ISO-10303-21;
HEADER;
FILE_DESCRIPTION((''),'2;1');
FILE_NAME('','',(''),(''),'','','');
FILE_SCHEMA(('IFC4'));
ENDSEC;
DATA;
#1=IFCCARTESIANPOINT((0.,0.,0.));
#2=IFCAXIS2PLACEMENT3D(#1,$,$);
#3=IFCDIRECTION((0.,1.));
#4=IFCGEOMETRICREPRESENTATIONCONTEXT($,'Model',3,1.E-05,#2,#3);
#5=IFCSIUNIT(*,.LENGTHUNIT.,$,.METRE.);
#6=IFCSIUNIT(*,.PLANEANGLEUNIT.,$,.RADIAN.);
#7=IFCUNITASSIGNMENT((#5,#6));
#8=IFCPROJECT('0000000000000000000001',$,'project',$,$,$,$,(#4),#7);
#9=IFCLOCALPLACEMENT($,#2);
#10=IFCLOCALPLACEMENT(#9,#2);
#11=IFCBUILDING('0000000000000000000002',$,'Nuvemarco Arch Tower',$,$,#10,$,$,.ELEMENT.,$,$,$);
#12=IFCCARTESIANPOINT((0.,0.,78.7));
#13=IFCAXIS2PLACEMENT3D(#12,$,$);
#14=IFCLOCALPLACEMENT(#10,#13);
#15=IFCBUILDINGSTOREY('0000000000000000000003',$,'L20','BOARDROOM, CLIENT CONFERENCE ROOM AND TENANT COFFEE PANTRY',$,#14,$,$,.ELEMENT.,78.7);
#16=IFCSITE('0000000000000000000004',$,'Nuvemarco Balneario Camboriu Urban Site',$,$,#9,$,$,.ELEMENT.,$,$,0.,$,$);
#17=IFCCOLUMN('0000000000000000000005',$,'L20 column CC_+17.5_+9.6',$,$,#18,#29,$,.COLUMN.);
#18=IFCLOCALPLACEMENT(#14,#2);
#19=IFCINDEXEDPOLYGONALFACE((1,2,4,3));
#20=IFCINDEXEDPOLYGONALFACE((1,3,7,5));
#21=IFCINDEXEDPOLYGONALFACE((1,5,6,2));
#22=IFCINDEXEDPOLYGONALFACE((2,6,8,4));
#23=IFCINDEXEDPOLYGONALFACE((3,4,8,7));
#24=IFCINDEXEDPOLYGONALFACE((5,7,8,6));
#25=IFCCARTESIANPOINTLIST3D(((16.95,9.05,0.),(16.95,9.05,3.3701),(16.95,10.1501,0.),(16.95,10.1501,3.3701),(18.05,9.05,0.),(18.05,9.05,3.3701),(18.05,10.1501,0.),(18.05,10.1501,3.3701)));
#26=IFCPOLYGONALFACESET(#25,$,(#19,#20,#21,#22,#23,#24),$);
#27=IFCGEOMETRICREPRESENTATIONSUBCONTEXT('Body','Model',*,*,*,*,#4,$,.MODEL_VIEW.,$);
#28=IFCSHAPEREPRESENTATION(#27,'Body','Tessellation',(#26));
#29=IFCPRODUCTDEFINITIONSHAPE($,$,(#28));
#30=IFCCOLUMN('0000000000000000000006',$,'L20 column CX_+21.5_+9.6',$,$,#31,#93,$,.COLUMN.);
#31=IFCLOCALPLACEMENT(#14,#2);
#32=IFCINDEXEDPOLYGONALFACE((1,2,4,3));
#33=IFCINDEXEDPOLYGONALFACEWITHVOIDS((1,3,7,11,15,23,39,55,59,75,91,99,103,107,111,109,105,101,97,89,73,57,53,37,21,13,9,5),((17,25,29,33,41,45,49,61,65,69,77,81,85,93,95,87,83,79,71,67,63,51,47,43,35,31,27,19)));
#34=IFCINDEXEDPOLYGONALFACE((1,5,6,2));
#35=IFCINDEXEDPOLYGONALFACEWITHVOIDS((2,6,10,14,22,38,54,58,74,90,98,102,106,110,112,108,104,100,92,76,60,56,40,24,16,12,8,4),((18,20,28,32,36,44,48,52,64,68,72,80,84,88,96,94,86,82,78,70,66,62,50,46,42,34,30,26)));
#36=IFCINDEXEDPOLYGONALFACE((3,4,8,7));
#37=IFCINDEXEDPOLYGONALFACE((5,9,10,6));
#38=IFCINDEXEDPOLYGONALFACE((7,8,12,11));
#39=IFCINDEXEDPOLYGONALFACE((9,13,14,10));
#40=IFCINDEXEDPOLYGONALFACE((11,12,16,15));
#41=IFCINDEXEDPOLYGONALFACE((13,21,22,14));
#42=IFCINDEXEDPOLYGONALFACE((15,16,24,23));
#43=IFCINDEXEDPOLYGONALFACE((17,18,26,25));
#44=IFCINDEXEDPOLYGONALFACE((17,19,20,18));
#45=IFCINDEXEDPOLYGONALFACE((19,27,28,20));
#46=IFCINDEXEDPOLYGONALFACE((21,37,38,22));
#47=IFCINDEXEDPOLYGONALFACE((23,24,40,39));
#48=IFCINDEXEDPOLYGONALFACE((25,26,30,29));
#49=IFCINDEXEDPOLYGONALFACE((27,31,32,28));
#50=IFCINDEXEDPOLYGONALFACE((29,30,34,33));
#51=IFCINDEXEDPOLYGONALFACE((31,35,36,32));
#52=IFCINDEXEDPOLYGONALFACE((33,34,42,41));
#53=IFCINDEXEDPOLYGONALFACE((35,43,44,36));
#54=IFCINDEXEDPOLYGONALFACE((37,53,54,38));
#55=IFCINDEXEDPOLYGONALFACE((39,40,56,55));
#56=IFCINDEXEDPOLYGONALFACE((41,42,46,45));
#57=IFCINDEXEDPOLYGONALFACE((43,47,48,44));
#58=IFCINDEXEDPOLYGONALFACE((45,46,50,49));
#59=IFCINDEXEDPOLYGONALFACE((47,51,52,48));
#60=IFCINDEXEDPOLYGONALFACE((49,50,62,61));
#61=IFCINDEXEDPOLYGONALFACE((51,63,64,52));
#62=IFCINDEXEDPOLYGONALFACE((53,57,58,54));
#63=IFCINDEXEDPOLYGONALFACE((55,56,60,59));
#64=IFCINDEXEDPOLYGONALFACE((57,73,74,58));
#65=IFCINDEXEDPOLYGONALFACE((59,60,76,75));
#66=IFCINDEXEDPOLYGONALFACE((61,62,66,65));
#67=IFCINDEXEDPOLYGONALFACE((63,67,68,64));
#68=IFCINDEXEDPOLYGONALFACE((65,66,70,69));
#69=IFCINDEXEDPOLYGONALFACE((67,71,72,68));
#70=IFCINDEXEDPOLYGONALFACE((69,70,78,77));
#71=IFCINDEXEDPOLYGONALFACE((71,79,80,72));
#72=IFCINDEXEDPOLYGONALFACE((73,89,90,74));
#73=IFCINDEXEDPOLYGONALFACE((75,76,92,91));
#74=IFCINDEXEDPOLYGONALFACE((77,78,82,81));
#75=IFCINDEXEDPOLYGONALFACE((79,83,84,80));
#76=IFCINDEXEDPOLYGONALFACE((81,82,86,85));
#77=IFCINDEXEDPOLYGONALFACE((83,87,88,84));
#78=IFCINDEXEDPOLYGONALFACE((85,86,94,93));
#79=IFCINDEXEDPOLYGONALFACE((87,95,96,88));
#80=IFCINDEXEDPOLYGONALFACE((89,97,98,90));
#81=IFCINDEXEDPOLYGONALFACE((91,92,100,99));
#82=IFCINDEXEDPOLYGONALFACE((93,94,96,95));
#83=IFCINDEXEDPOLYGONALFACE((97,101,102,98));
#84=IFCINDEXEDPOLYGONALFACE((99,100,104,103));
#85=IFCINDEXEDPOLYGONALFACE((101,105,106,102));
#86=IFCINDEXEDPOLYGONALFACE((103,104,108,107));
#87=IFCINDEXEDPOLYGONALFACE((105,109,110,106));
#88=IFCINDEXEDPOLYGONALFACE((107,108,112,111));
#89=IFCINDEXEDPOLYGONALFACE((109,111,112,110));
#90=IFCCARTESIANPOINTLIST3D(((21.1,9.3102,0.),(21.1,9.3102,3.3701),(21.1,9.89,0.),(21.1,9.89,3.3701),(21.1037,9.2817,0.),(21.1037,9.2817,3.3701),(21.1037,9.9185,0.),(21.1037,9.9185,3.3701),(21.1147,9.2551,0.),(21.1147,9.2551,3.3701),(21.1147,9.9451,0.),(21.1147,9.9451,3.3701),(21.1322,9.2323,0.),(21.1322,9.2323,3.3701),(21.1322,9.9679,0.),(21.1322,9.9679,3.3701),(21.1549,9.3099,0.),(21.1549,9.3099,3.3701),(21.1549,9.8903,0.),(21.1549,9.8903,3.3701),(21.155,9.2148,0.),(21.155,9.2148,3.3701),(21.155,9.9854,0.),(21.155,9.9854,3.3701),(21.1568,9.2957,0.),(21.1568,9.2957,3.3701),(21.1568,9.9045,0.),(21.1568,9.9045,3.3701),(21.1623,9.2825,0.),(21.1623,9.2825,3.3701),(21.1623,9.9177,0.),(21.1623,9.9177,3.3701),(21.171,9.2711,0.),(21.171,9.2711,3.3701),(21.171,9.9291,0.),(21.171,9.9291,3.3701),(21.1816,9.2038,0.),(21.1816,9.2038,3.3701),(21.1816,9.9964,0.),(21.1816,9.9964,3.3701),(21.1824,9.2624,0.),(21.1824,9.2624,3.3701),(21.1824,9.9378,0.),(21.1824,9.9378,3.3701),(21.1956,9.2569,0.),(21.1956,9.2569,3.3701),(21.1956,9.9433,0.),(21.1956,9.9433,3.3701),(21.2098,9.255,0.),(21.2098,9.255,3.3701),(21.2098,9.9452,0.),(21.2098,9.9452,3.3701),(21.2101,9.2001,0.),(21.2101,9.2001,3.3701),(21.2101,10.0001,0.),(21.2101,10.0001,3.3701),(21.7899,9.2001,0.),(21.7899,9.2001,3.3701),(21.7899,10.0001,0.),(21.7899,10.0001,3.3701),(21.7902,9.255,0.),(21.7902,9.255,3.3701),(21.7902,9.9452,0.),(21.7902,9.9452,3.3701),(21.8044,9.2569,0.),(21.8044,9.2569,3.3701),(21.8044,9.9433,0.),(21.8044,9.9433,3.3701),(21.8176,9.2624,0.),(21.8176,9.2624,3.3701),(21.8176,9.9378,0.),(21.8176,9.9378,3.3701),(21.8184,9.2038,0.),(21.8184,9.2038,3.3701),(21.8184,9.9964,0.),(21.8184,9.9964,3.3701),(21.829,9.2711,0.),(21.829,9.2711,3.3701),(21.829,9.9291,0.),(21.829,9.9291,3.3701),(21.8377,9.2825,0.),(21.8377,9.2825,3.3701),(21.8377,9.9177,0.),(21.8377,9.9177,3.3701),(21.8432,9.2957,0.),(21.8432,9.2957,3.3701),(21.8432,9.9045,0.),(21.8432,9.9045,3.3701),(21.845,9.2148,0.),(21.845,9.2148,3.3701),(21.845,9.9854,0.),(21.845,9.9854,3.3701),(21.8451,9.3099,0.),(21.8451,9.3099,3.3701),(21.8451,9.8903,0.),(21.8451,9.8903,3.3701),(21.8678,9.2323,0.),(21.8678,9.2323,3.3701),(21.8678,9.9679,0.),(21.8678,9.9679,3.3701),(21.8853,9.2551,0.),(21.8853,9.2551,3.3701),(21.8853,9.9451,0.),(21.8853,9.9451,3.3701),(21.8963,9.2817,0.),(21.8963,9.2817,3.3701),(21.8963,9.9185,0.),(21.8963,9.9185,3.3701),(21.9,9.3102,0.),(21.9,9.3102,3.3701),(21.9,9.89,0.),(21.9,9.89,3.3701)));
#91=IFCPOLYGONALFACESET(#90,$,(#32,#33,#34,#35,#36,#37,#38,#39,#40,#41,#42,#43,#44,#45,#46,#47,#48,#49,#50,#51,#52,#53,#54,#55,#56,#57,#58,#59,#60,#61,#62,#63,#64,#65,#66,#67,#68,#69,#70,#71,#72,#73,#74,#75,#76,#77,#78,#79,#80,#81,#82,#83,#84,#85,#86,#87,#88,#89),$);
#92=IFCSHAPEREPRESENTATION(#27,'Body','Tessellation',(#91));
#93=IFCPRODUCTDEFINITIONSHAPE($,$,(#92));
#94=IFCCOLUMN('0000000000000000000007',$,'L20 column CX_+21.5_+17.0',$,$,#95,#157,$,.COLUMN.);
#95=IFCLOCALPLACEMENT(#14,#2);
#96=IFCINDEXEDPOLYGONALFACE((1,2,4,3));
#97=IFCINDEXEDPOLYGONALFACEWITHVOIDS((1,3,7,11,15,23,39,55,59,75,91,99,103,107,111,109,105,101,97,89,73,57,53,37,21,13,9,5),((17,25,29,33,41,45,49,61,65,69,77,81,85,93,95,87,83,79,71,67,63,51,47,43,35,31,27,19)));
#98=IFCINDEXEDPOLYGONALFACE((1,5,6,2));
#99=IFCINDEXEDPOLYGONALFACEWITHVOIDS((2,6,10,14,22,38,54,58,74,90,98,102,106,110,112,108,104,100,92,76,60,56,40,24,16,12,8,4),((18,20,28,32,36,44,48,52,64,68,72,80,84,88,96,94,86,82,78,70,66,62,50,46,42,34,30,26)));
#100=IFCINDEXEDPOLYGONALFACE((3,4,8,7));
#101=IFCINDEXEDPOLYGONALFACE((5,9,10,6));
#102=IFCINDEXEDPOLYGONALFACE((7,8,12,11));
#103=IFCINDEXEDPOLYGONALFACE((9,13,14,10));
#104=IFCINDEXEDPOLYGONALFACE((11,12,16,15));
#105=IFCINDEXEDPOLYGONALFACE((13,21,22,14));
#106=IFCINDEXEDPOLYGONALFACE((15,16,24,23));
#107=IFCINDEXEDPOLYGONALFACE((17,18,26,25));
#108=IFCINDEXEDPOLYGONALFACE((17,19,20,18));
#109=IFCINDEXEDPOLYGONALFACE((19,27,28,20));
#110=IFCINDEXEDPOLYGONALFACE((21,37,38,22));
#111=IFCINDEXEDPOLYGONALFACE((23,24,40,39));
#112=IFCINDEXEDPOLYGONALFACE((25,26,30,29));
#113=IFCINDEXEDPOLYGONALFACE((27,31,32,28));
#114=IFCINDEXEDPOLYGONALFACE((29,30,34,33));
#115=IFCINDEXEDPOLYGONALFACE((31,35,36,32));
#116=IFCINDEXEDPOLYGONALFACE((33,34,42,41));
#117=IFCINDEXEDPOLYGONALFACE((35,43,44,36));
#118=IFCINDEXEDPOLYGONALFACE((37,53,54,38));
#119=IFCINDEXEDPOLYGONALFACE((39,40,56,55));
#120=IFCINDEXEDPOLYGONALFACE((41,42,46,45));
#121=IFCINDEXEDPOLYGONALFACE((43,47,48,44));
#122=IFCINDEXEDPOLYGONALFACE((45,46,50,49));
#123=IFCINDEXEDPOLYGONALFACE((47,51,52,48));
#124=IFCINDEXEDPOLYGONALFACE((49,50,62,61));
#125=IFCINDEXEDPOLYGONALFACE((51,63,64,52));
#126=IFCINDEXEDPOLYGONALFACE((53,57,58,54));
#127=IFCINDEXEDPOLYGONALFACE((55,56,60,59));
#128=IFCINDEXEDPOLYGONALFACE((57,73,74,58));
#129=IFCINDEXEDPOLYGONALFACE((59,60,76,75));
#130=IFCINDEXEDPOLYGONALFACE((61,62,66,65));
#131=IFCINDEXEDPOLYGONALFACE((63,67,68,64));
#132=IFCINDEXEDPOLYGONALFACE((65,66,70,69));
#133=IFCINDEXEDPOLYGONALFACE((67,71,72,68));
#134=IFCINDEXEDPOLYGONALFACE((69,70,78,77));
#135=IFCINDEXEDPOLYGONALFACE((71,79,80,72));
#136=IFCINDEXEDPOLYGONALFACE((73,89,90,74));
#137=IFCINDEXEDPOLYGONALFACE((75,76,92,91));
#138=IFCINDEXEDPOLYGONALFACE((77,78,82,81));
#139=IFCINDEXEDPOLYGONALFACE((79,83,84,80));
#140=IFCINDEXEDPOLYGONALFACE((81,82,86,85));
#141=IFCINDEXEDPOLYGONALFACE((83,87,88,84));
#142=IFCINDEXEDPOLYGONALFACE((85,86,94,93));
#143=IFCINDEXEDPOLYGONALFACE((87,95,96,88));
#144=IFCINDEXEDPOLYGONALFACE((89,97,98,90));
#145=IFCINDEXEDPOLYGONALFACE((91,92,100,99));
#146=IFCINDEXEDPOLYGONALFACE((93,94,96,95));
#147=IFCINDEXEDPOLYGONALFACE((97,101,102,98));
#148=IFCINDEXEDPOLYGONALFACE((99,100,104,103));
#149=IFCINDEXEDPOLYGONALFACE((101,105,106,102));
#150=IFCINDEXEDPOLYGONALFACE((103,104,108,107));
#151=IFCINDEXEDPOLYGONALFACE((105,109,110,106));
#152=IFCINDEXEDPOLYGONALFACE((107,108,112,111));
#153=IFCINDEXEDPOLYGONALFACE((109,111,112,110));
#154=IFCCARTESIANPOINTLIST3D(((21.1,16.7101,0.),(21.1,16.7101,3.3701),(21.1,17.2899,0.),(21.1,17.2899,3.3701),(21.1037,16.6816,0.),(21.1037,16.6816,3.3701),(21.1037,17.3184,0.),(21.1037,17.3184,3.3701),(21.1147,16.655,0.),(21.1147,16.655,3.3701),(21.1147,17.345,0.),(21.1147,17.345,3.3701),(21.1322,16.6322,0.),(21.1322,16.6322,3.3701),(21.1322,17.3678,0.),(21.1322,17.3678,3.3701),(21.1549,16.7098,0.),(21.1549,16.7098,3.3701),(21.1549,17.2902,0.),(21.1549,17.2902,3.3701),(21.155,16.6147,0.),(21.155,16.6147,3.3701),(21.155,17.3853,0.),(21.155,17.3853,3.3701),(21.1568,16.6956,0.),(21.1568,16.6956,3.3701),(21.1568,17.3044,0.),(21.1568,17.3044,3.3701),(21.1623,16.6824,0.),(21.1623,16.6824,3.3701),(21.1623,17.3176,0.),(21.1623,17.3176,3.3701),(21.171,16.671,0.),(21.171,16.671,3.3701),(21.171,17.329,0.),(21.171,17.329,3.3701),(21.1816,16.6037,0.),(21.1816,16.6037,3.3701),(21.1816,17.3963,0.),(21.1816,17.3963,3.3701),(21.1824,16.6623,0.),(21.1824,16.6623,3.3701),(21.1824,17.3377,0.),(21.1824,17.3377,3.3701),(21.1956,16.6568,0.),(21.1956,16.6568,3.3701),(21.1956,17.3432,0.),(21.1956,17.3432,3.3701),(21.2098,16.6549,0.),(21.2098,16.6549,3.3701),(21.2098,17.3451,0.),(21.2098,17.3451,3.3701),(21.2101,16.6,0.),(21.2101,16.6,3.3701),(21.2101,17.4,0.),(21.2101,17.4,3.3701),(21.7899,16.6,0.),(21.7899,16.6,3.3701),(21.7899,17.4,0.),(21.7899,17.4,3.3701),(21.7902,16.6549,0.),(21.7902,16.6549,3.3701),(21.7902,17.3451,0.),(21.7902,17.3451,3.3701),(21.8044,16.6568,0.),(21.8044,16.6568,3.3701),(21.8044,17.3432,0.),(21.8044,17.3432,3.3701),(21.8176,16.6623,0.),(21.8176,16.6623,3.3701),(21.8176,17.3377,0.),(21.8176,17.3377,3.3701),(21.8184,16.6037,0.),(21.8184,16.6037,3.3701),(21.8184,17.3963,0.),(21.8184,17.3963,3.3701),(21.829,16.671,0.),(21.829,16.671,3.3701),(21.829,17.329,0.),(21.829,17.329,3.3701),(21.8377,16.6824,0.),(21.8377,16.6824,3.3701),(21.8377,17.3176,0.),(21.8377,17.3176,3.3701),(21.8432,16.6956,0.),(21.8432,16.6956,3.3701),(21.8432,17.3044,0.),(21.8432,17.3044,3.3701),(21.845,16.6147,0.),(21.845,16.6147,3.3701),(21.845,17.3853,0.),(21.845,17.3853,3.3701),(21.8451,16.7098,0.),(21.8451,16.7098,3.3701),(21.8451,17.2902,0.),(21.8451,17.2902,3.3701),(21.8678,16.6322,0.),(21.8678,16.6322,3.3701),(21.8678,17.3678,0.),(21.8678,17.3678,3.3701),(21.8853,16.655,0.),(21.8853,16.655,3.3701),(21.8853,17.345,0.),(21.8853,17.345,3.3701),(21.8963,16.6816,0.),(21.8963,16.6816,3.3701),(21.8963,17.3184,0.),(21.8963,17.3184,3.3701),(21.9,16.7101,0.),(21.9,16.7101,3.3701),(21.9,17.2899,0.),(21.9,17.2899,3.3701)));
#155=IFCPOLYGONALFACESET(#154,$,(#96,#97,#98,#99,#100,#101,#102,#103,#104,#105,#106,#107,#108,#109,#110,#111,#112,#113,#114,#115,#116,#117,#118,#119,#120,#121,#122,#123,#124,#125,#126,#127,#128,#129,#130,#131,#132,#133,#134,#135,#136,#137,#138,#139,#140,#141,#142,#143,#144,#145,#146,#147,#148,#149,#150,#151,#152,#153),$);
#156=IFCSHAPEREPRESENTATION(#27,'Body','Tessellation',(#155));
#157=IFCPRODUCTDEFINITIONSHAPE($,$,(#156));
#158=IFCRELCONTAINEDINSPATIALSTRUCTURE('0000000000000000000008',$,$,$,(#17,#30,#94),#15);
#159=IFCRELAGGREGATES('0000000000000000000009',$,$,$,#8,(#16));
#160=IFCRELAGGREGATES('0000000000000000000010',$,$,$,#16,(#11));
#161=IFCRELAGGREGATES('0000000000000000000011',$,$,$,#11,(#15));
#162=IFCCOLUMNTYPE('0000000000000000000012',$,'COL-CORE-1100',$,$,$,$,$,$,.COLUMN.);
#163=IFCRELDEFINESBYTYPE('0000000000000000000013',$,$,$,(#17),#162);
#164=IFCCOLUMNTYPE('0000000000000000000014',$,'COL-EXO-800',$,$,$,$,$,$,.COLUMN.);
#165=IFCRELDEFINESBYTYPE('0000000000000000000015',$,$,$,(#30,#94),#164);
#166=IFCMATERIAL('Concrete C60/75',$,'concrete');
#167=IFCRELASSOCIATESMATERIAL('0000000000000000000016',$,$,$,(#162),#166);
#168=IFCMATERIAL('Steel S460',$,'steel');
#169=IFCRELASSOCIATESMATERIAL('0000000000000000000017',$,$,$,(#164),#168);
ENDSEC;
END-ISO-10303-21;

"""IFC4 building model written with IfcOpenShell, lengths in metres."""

from ifc_helpers import new_model, si_unit, direction, frame, origin, origin_2d, place, context, subcontext, project, spatial, rectangle, hollow_rectangle, extrude, material, material_profile, profile_set, type_object, element, save


model = new_model("IFC4")

# Units and contexts
model_context = context("Model", 3, precision=1e-05, world=origin(), true_north=direction((0.0, 1.0)))
body_context = subcontext(model_context, "Body", "Model", "MODEL_VIEW")
ifc_project = project(units=[si_unit("LENGTHUNIT", "METRE"), si_unit("PLANEANGLEUNIT", "RADIAN")], contexts=[model_context])

# Site, building, storey
site_placement = place(None, origin())
site = spatial("IfcSite", under=ifc_project, at=site_placement, Name="Nuvemarco Balneario Camboriu Urban Site", CompositionType="ELEMENT", RefElevation=0.0)
building_placement = place(site_placement, origin())
building = spatial("IfcBuilding", under=site, at=building_placement, Name="Nuvemarco Arch Tower", CompositionType="ELEMENT")
storey_placement = place(building_placement, frame((0.0, 0.0, 78.7)))
storey = spatial("IfcBuildingStorey", under=building, at=storey_placement, Name="L20", Description="BOARDROOM, CLIENT CONFERENCE ROOM AND TENANT COFFEE PANTRY", CompositionType="ELEMENT", Elevation=78.7)

# Columns
ifc_material_1 = material(Name="Concrete C60/75", Category="concrete")
ifc_material_profile_1 = material_profile(ifc_material_1, rectangle(XDim=1.1001, YDim=1.1001, at=origin_2d()), Name="RC-COL-1100x1100")
ifc_profile_set_1 = profile_set([ifc_material_profile_1], Name="Concrete C60/75")
column_type_1 = type_object("IfcColumnType", Name="COL-CORE-1100", PredefinedType="COLUMN", material=ifc_profile_set_1)
column_1_placement = place(storey_placement, frame((17.5, 9.6001, 0.0), z_axis=(0.0, 0.0, 1.0), x_axis=(1.0, 0.0, 0.0)))
element("IfcColumn", 1, at=column_1_placement, inside=storey, type_object=column_type_1, Name="L20 column CC_+17.5_+9.6", PredefinedType="COLUMN", context=body_context, shape_type="SweptSolid", body=[
    extrude(rectangle(XDim=1.1001, YDim=1.1001, at=origin_2d()), origin(), (0.0, 0.0, 1.0), 3.3701),
])
ifc_material_2 = material(Name="Steel S460", Category="steel")
ifc_material_profile_2 = material_profile(ifc_material_2, hollow_rectangle(XDim=0.8, YDim=0.8, WallThickness=0.0549, InnerFilletRadius=0.0549, OuterFilletRadius=0.1101, at=origin_2d()), Name="SHS800x800x55")
ifc_profile_set_2 = profile_set([ifc_material_profile_2], Name="Steel S460")
column_type_2 = type_object("IfcColumnType", Name="COL-EXO-800", PredefinedType="COLUMN", material=ifc_profile_set_2)
for number, where, z_axis, x_axis, name in (
    (2, (21.5, 9.6001, 0.0), (0.0, 0.0, 1.0), (1.0, 0.0, 0.0), "L20 column CX_+21.5_+9.6"),
    (3, (21.5, 17.0, 0.0), (0.0, 0.0, 1.0), (1.0, 0.0, 0.0), "L20 column CX_+21.5_+17.0"),
):
    element("IfcColumn", number, at=place(storey_placement, frame(where, z_axis=z_axis, x_axis=x_axis)), inside=storey, type_object=column_type_2, Name=name, PredefinedType="COLUMN", context=body_context, shape_type="SweptSolid", body=[
        extrude(hollow_rectangle(XDim=0.8, YDim=0.8, WallThickness=0.0549, InnerFilletRadius=0.0549, OuterFilletRadius=0.1101, at=origin_2d()), origin(), (0.0, 0.0, 1.0), 3.3701),
    ])

save(model, "model.ifc")
